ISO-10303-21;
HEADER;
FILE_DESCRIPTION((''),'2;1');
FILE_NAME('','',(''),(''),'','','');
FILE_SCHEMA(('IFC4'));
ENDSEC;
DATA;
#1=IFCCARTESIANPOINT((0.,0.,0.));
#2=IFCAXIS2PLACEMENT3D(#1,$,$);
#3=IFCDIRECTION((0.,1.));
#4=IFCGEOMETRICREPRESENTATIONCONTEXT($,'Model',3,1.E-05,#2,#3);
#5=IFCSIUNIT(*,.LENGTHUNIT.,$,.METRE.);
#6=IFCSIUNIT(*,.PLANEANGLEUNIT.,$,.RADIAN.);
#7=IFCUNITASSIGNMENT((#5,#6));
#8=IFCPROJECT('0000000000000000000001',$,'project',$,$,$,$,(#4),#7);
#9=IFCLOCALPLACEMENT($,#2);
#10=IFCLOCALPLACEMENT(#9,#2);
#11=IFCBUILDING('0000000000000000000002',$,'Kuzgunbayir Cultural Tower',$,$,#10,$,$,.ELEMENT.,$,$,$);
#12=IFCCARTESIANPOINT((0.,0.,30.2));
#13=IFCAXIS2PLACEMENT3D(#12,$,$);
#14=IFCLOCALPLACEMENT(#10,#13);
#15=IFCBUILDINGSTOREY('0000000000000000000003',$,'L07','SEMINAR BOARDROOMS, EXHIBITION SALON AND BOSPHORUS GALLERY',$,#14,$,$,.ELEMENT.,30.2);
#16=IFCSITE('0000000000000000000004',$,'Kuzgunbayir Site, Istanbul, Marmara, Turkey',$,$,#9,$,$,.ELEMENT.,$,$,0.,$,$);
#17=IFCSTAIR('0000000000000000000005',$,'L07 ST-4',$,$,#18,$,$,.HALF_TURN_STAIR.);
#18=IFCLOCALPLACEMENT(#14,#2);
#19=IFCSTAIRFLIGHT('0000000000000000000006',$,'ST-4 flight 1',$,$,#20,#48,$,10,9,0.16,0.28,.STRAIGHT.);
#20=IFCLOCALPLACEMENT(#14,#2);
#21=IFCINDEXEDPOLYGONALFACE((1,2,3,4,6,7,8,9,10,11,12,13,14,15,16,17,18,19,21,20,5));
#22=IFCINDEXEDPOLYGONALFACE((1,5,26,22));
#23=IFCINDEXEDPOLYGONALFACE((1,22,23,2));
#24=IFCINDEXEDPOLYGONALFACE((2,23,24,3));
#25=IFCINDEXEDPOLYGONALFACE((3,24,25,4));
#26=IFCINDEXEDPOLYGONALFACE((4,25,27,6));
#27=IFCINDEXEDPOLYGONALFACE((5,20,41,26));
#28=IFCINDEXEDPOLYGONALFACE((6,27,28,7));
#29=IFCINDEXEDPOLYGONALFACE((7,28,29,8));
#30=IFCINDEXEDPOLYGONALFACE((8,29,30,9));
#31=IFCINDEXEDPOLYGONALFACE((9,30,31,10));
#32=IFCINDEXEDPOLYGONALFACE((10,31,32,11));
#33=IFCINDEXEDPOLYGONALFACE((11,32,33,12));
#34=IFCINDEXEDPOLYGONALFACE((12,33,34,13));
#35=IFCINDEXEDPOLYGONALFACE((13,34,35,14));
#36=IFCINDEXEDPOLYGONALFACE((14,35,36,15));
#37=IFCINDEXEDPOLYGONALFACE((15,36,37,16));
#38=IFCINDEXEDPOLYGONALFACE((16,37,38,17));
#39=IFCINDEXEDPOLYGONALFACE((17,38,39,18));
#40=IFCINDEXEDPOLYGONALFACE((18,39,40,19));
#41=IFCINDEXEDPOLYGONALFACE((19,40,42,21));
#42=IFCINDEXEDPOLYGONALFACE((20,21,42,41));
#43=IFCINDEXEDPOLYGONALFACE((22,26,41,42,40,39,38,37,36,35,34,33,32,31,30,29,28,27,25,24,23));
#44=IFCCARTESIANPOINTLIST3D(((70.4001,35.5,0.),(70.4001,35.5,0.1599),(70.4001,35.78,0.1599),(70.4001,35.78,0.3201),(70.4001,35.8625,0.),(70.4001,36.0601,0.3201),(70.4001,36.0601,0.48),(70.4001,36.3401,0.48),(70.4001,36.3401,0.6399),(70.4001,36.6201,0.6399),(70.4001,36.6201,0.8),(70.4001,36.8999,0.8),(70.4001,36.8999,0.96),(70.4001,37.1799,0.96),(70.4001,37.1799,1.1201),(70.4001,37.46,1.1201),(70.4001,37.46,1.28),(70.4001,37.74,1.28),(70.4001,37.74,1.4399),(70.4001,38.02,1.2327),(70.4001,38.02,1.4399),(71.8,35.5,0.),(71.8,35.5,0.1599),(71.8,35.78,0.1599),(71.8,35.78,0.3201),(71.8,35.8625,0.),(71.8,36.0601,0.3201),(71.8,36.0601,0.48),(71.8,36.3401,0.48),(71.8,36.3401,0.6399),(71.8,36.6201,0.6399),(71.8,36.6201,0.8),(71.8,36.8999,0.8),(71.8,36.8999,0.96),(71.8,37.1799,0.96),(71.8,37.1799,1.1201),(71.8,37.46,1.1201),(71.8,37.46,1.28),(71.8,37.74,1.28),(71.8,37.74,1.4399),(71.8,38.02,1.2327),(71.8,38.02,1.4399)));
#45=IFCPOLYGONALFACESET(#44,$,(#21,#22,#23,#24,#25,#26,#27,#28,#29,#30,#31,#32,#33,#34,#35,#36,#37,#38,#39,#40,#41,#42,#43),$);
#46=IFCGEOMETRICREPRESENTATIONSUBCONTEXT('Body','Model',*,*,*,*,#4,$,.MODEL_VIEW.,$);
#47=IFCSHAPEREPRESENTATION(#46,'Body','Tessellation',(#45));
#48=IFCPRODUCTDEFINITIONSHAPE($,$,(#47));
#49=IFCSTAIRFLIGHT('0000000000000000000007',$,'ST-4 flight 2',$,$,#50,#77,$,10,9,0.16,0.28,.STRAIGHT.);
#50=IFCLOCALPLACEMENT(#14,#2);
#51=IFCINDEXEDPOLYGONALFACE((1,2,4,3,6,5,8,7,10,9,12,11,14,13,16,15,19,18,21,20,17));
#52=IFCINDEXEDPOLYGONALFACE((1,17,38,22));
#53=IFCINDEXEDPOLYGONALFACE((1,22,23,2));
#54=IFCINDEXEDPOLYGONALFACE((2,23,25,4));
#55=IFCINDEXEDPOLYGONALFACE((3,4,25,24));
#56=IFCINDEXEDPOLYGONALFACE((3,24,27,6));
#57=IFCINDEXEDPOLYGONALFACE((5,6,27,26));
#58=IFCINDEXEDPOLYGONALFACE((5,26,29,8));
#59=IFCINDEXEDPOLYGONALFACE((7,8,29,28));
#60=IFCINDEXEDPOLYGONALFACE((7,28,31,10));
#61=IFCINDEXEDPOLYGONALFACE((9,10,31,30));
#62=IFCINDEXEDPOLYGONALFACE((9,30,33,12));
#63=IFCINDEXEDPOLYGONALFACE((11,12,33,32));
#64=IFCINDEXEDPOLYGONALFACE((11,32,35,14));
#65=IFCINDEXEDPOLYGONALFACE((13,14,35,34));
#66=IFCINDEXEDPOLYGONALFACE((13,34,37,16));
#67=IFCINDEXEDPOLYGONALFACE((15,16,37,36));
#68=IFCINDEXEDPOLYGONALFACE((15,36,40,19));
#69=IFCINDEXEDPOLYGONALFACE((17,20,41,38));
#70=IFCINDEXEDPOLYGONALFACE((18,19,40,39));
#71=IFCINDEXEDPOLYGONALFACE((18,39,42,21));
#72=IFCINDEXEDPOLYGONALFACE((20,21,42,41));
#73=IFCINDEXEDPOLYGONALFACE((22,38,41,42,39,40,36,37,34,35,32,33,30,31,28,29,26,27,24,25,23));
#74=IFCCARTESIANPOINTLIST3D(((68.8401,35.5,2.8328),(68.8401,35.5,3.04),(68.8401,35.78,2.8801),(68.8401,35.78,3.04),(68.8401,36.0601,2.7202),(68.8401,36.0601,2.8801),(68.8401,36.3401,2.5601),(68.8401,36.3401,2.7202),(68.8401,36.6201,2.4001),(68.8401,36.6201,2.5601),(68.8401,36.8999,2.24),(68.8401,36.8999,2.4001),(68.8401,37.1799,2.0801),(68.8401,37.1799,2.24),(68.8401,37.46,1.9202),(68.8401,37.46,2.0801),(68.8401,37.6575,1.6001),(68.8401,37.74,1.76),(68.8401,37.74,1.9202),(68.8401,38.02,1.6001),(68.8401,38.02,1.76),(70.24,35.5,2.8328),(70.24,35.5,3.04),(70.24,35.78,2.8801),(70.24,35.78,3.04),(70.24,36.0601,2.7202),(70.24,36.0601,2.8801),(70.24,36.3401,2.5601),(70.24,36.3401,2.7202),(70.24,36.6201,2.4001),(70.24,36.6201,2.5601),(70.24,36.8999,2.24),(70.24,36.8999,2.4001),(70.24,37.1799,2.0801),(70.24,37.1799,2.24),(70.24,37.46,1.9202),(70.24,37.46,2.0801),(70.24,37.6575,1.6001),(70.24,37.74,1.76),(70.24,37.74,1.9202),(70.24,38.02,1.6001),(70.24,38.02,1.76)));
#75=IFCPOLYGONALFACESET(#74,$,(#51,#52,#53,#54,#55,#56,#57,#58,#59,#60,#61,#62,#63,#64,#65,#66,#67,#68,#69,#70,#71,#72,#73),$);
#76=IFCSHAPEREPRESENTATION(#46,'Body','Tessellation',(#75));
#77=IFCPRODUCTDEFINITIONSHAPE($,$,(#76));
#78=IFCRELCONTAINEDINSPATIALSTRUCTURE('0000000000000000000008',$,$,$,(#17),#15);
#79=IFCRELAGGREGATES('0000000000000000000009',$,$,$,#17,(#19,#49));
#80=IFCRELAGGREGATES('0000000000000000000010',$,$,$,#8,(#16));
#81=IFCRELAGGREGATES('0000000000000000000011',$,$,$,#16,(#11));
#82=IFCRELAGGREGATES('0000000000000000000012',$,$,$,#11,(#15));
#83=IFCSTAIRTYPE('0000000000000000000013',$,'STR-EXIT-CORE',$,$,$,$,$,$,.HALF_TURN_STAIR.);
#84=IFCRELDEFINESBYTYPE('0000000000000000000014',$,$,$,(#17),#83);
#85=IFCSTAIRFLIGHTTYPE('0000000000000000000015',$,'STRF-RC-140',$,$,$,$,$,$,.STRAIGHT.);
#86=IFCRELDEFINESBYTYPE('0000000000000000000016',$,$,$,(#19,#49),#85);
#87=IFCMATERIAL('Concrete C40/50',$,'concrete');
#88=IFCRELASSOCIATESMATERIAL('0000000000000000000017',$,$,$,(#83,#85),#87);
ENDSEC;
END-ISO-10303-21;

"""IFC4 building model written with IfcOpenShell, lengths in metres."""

from ifc_helpers import new_model, si_unit, direction, frame, origin, place, context, subcontext, project, spatial, polyline, outline, extrude, material, type_object, element, aggregate, save


model = new_model("IFC4")

# Units and contexts
model_context = context("Model", 3, precision=1e-05, world=origin(), true_north=direction((0.0, 1.0)))
body_context = subcontext(model_context, "Body", "Model", "MODEL_VIEW")
ifc_project = project(units=[si_unit("LENGTHUNIT", "METRE"), si_unit("PLANEANGLEUNIT", "RADIAN")], contexts=[model_context])

# Site, building, storey
site_placement = place(None, origin())
site = spatial("IfcSite", under=ifc_project, at=site_placement, Name="Kuzgunbayir Site, Istanbul, Marmara, Turkey", CompositionType="ELEMENT", RefElevation=0.0)
building_placement = place(site_placement, origin())
building = spatial("IfcBuilding", under=site, at=building_placement, Name="Kuzgunbayir Cultural Tower", CompositionType="ELEMENT")
storey_placement = place(building_placement, frame((0.0, 0.0, 30.2)))
storey = spatial("IfcBuildingStorey", under=building, at=storey_placement, Name="L07", Description="SEMINAR BOARDROOMS, EXHIBITION SALON AND BOSPHORUS GALLERY", CompositionType="ELEMENT", Elevation=30.2)

# Shared definitions
ifc_material_1 = material(Name="Concrete C40/50", Category="concrete")

# Stair, stair flights
stair_type = type_object("IfcStairType", Name="STR-EXIT-CORE", PredefinedType="HALF_TURN_STAIR", material=ifc_material_1)
stair_placement = place(storey_placement, origin())
stair = element("IfcStair", 1, at=stair_placement, inside=storey, type_object=stair_type, Name="L07 ST-4", PredefinedType="HALF_TURN_STAIR")
stair_flight_type = type_object("IfcStairFlightType", Name="STRF-RC-140", PredefinedType="STRAIGHT", material=ifc_material_1)
stair_flight_1_placement = place(storey_placement, frame((71.1001, 35.5, 0.0), z_axis=(0.0, 0.0, 1.0), x_axis=(0.0, 1.0, 0.0)))
stair_flight_1 = element("IfcStairFlight", 2, at=stair_flight_1_placement, type_object=stair_flight_type, Name="ST-4 flight 1", NumberOfRisers=10, NumberOfTreads=9, PredefinedType="STRAIGHT", RiserHeight=0.16, TreadLength=0.28, context=body_context, shape_type="SweptSolid", body=[
    extrude(outline(polyline([(0.0, 0.0), (0.0, 0.1599), (0.28, 0.1599), (0.28, 0.3201), (0.5601, 0.3201), (0.5601, 0.48), (0.8401, 0.48), (0.8401, 0.6399), (1.1201, 0.6399), (1.1201, 0.8), (1.3999, 0.8), (1.3999, 0.96), (1.6799, 0.96), (1.6799, 1.1201), (1.96, 1.1201), (1.96, 1.28), (2.24, 1.28), (2.24, 1.4399), (2.52, 1.4399), (2.52, 1.6001), (2.52, 1.2327), (0.3625, 0.0), (0.0, 0.0)])), frame((0.0, 0.7, 0.0), z_axis=(0.0, -1.0, 0.0), x_axis=(1.0, 0.0, 0.0)), (0.0, 0.0, 1.0), 1.3999),
])
stair_flight_2_placement = place(storey_placement, frame((69.54, 38.02, 1.6001), z_axis=(0.0, 0.0, 1.0), x_axis=(0.0, -1.0, 0.0)))
stair_flight_2 = element("IfcStairFlight", 3, at=stair_flight_2_placement, type_object=stair_flight_type, Name="ST-4 flight 2", NumberOfRisers=10, NumberOfTreads=9, PredefinedType="STRAIGHT", RiserHeight=0.16, TreadLength=0.28, context=body_context, shape_type="SweptSolid", body=[
    extrude(outline(polyline([(0.0, 0.0), (0.0, 0.1599), (0.28, 0.1599), (0.28, 0.3201), (0.5601, 0.3201), (0.5601, 0.48), (0.8401, 0.48), (0.8401, 0.6399), (1.1201, 0.6399), (1.1201, 0.8), (1.3999, 0.8), (1.3999, 0.96), (1.6799, 0.96), (1.6799, 1.1201), (1.96, 1.1201), (1.96, 1.28), (2.24, 1.28), (2.24, 1.4399), (2.52, 1.4399), (2.52, 1.6001), (2.52, 1.2327), (0.3625, 0.0), (0.0, 0.0)])), frame((0.0, 0.7, 0.0), z_axis=(0.0, -1.0, 0.0), x_axis=(1.0, 0.0, 0.0)), (0.0, 0.0, 1.0), 1.3999),
])
aggregate(stair, [stair_flight_1, stair_flight_2])

save(model, "model.ifc")
